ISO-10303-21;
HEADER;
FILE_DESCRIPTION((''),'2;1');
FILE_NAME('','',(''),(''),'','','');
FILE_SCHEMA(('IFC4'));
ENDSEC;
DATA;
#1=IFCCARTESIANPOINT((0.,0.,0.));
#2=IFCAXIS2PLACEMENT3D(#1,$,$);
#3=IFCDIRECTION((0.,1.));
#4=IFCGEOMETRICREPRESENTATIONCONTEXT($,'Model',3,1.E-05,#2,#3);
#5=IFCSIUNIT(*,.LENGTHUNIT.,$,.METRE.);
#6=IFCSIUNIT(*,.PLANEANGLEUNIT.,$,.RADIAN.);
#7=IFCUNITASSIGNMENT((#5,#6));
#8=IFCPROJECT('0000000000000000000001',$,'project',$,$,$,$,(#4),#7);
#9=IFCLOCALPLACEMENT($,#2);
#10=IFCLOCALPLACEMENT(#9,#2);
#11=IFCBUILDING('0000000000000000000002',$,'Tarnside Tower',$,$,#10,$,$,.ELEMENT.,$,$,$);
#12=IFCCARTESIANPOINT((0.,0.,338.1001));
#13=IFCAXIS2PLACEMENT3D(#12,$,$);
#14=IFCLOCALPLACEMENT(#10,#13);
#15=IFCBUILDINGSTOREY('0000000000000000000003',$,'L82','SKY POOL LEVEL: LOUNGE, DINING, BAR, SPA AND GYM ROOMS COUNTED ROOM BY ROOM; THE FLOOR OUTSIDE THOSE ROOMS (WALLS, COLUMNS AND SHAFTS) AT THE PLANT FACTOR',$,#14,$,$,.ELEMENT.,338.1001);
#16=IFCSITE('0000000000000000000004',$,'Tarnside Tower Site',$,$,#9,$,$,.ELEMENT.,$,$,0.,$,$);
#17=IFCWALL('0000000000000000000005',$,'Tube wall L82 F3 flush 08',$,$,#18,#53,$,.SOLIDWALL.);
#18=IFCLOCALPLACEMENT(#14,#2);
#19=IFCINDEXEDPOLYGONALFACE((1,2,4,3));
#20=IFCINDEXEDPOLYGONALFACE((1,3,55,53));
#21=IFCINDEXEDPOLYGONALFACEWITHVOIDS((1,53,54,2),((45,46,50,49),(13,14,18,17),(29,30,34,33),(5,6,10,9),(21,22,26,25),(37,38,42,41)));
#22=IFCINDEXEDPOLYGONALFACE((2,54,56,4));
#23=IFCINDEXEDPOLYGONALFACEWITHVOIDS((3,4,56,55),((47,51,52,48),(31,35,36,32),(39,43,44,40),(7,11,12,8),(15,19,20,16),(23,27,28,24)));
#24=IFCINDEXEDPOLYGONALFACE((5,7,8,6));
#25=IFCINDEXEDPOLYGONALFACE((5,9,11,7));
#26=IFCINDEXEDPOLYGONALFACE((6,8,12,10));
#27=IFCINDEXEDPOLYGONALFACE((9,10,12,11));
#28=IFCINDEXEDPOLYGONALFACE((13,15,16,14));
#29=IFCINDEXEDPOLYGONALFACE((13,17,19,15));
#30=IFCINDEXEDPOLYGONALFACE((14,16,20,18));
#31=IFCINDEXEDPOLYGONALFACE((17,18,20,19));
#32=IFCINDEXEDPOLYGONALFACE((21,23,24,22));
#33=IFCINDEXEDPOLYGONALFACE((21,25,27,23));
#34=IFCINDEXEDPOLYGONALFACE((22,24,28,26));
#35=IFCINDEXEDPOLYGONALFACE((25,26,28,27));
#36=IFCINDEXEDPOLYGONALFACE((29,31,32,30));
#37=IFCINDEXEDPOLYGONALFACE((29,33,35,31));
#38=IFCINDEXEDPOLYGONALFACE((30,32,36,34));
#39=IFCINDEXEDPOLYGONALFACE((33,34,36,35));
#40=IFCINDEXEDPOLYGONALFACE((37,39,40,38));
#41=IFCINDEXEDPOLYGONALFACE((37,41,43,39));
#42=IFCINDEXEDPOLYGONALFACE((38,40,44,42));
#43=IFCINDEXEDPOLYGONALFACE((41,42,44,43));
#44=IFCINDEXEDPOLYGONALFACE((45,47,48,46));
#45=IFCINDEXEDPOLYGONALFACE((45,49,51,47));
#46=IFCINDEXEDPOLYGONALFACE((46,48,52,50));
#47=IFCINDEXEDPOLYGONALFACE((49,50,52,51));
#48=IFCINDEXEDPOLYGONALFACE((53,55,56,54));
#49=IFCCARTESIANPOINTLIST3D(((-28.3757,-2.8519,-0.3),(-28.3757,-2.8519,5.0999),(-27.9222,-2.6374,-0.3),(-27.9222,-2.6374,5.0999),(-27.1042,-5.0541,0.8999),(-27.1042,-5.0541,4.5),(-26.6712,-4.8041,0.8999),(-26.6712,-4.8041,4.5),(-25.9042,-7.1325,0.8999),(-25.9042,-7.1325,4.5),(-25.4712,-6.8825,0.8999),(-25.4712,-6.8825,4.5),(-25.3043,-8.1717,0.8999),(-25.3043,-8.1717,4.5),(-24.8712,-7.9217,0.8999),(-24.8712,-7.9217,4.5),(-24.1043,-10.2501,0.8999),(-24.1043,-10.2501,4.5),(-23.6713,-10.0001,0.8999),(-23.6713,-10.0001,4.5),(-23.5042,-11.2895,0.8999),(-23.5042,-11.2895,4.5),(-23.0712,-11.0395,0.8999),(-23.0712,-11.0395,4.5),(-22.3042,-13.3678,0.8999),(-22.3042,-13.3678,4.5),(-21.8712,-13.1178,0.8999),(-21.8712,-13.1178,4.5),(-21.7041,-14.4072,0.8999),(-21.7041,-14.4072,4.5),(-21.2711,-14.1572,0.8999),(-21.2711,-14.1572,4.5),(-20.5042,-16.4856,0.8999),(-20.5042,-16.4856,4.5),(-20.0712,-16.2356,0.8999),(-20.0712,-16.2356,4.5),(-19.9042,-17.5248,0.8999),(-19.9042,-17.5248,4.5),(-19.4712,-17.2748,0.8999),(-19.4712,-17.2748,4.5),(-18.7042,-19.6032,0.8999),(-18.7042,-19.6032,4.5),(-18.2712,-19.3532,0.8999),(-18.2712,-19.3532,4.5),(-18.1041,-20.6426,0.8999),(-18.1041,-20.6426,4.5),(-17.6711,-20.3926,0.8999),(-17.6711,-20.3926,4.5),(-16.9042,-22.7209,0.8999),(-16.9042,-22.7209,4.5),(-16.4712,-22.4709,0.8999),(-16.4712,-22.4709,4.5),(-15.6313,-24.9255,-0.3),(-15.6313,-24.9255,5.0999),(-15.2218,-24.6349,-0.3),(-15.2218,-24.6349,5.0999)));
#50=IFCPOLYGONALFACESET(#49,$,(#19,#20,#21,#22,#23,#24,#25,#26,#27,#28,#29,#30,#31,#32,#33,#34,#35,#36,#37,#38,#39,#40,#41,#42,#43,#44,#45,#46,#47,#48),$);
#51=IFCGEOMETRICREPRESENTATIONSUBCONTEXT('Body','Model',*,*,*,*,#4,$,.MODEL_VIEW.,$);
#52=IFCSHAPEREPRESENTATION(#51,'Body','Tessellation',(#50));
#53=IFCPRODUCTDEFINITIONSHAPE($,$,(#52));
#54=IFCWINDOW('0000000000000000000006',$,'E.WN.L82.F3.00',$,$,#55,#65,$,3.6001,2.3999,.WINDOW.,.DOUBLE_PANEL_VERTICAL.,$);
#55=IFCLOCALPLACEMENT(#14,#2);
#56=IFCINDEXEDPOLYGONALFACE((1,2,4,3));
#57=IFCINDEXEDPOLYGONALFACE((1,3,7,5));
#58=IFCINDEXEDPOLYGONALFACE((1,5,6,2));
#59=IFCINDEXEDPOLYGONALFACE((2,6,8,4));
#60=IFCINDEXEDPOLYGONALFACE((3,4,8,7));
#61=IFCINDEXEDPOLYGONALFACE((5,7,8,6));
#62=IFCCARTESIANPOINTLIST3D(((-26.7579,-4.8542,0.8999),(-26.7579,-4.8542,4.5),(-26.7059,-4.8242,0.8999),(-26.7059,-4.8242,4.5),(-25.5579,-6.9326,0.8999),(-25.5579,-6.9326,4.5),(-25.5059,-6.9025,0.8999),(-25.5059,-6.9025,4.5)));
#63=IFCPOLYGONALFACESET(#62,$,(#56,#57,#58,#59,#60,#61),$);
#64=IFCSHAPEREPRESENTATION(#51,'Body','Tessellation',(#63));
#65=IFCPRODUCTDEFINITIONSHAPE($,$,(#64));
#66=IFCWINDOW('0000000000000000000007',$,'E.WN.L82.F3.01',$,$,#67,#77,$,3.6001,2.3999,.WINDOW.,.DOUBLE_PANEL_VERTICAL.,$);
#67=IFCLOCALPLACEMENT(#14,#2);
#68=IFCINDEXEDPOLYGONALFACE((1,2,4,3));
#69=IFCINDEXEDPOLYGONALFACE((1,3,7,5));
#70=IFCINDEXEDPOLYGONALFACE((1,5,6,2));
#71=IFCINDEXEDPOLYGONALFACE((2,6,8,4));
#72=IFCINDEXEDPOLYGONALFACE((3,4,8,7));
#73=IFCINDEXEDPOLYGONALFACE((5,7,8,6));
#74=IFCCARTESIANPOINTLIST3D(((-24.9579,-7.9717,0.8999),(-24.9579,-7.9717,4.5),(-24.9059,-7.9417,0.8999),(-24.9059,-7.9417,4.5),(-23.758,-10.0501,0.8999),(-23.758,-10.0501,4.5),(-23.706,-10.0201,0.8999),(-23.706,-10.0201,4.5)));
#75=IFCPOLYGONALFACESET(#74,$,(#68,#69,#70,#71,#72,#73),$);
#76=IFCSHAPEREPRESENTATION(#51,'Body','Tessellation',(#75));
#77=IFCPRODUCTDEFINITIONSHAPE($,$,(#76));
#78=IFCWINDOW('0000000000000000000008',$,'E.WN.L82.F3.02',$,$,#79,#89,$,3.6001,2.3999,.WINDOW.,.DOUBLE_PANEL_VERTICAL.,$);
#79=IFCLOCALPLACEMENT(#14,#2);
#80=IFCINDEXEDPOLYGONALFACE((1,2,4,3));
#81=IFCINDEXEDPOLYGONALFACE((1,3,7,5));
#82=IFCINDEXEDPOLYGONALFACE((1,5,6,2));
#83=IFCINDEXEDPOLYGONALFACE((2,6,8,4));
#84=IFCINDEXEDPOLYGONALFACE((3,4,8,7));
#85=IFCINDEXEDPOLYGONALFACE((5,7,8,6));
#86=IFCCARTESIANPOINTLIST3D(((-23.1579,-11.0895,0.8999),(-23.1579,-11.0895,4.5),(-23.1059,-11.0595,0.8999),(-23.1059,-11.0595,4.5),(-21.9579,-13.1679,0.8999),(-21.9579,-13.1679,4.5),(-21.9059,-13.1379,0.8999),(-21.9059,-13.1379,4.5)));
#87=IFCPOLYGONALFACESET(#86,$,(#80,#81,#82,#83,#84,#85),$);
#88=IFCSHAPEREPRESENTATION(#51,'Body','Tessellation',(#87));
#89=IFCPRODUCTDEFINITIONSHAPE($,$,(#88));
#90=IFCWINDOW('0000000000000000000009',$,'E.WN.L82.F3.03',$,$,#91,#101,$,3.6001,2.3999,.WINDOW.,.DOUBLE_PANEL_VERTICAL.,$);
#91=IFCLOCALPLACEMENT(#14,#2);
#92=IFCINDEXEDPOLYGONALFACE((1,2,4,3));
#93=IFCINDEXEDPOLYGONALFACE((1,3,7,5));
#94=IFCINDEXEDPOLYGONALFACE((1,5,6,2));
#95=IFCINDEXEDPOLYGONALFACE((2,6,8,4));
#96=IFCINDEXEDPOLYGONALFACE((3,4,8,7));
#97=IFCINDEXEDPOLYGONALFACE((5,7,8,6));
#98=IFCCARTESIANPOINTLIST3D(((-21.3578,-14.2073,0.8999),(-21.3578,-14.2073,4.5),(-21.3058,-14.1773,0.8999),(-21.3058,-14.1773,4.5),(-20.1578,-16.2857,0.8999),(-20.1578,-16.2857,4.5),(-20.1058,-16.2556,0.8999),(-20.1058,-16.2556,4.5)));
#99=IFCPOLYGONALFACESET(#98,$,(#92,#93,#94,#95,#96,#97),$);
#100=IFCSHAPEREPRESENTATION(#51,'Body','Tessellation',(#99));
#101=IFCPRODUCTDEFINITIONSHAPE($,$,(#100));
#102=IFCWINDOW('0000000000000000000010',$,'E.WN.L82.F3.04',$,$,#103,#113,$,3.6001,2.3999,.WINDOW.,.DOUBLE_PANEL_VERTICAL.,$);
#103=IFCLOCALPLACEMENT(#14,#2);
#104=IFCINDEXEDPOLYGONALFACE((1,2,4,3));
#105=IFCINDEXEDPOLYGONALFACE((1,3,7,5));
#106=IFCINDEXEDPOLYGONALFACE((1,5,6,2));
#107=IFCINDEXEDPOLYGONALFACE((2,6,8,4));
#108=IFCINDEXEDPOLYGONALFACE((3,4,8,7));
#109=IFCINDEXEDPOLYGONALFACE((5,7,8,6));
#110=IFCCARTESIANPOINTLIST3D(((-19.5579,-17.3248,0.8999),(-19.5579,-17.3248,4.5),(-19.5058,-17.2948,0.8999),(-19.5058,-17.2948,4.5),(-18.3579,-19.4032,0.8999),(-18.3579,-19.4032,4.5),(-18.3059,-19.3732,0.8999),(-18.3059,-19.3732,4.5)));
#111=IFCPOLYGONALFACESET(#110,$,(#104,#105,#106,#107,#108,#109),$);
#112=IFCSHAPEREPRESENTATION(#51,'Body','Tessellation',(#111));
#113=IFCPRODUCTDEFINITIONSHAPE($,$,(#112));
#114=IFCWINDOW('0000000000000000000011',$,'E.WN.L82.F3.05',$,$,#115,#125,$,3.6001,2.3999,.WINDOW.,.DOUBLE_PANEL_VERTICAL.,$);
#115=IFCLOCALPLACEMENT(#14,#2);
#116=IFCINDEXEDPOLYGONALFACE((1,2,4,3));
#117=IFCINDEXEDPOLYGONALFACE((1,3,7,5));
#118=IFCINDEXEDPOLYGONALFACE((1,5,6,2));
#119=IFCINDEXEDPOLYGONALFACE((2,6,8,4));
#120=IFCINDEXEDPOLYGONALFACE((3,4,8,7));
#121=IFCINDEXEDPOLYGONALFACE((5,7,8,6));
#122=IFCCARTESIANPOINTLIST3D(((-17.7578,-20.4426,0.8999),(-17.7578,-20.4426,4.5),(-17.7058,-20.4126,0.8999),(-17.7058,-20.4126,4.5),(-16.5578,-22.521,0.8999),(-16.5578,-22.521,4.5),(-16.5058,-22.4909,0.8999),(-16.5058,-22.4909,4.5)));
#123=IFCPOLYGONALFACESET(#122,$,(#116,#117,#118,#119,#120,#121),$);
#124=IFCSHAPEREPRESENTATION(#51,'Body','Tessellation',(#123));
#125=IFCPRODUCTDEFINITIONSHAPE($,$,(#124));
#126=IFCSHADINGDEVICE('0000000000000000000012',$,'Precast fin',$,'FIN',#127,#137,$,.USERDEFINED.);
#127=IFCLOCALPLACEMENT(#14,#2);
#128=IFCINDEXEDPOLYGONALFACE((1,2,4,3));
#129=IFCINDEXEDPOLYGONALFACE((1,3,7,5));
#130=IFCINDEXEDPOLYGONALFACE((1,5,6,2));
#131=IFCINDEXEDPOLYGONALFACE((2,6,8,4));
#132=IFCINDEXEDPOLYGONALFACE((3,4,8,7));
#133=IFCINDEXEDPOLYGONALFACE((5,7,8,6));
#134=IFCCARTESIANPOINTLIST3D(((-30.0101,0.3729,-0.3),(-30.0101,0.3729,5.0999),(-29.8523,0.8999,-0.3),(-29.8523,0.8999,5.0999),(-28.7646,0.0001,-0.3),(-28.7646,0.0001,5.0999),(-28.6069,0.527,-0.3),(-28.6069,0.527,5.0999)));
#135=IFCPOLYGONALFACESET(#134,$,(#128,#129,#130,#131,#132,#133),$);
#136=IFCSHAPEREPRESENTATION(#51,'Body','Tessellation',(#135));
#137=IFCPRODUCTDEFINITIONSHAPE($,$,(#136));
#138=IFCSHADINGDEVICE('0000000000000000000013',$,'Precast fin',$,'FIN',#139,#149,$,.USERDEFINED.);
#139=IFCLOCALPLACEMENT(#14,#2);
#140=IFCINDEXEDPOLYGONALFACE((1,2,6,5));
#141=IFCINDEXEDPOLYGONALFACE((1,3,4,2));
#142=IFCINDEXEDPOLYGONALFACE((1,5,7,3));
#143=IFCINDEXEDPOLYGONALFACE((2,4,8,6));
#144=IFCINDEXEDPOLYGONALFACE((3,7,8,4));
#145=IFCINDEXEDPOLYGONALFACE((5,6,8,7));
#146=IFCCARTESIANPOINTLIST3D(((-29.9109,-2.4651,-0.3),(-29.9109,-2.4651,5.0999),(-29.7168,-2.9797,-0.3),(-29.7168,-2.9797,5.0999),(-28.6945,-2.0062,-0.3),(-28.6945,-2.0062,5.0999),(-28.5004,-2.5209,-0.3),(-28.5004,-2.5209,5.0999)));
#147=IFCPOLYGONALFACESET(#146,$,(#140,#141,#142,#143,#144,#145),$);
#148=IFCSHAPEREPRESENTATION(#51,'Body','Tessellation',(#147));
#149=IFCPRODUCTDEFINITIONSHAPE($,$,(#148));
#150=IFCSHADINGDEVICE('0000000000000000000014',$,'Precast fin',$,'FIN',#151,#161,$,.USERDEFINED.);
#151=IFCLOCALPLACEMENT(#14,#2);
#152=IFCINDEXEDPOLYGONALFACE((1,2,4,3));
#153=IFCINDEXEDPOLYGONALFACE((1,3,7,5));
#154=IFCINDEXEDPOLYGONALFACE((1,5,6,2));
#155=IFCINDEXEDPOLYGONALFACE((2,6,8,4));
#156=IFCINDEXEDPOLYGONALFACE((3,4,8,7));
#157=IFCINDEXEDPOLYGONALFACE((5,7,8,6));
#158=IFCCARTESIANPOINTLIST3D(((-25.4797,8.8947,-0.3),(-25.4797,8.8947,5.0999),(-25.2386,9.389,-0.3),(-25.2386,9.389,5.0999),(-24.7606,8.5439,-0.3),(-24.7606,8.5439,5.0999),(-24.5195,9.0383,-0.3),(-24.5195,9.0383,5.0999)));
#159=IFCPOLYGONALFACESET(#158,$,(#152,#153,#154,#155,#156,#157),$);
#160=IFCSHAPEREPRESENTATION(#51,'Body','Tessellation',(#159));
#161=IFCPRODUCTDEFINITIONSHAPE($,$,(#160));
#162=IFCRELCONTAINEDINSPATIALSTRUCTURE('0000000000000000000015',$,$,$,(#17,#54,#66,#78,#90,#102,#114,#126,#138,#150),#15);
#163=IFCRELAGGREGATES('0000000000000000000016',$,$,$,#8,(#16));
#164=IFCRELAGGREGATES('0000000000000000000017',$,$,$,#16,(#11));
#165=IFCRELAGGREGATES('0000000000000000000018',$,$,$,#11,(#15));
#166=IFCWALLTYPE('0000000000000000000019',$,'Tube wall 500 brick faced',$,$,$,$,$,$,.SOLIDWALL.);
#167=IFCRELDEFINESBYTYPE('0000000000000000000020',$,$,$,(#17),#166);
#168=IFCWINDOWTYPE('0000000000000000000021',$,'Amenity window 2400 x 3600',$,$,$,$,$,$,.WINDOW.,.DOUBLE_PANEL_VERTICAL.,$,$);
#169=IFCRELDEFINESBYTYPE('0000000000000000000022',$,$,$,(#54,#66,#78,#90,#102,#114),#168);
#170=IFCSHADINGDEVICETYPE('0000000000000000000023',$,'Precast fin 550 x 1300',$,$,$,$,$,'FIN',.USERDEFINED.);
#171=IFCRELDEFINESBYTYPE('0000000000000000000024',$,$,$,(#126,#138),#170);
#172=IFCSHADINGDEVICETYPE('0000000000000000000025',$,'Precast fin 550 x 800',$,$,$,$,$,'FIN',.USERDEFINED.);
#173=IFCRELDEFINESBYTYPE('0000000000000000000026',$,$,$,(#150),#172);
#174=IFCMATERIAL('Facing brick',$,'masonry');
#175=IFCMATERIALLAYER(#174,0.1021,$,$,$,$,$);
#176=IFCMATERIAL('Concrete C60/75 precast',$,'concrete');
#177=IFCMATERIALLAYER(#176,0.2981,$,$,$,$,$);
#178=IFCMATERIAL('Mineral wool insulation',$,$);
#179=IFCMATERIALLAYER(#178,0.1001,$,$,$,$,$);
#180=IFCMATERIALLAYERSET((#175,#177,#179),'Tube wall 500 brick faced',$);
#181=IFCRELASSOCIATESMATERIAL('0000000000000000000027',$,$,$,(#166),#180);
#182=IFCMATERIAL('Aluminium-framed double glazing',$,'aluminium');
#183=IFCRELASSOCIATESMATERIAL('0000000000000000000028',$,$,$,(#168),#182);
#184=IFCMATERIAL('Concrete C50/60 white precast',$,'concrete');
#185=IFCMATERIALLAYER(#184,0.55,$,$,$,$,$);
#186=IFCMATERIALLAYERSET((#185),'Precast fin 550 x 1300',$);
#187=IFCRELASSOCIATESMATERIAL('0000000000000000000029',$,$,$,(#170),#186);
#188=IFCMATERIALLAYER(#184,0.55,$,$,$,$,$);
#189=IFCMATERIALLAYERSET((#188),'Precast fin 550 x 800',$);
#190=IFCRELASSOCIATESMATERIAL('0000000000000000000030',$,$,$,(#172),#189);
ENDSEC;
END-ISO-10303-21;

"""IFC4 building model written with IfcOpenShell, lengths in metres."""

from ifc_helpers import new_model, si_unit, direction, frame, frame_2d, origin, place, context, subcontext, project, spatial, polyline, rectangle, outline, extrude, material, layer, layer_set, type_object, element, fill, save


model = new_model("IFC4")

# Units and contexts
model_context = context("Model", 3, precision=1e-05, world=origin(), true_north=direction((0.0, 1.0)))
body_context = subcontext(model_context, "Body", "Model", "MODEL_VIEW")
ifc_project = project(units=[si_unit("LENGTHUNIT", "METRE"), si_unit("PLANEANGLEUNIT", "RADIAN")], contexts=[model_context])

# Site, building, storey
site_placement = place(None, origin())
site = spatial("IfcSite", under=ifc_project, at=site_placement, Name="Tarnside Tower Site", CompositionType="ELEMENT", RefElevation=0.0)
building_placement = place(site_placement, origin())
building = spatial("IfcBuilding", under=site, at=building_placement, Name="Tarnside Tower", CompositionType="ELEMENT")
storey_placement = place(building_placement, frame((0.0, 0.0, 338.1001)))
storey = spatial("IfcBuildingStorey", under=building, at=storey_placement, Name="L82", Description="SKY POOL LEVEL: LOUNGE, DINING, BAR, SPA AND GYM ROOMS COUNTED ROOM BY ROOM; THE FLOOR OUTSIDE THOSE ROOMS (WALLS, COLUMNS AND SHAFTS) AT THE PLANT FACTOR", CompositionType="ELEMENT", Elevation=338.1001)

# Shared definitions
ifc_material_1 = material(Name="Facing brick", Category="masonry")
ifc_layer_1 = layer(ifc_material_1, 0.1021)
ifc_material_2 = material(Name="Concrete C60/75 precast", Category="concrete")
ifc_layer_2 = layer(ifc_material_2, 0.2981)
ifc_material_3 = material(Name="Mineral wool insulation")
ifc_layer_3 = layer(ifc_material_3, 0.1001)
ifc_layer_set_1 = layer_set([ifc_layer_1, ifc_layer_2, ifc_layer_3], Name="Tube wall 500 brick faced")
wall_type_1 = type_object("IfcWallType", Name="Tube wall 500 brick faced", PredefinedType="SOLIDWALL", material=ifc_layer_set_1)

# Wall, openings, windows
wall_1_placement = place(storey_placement, frame((-28.1489, -2.7446, -0.3), z_axis=(0.0, 0.0, 1.0), x_axis=(0.500004, -0.866023, 0.0)))
wall_1 = element("IfcWall", 1, at=wall_1_placement, inside=storey, type_object=wall_type_1, Name="Tube wall L82 F3 flush 08", PredefinedType="SOLIDWALL", context=body_context, shape_type="SweptSolid", body=[
    extrude(outline(polyline([(-0.0205, -0.25), (25.468, -0.25), (25.4211, 0.25), (0.0205, 0.25), (-0.0205, -0.25)])), origin(), (0.0, 0.0, 1.0), 5.3999),
])
opening_1_placement = place(wall_1_placement, frame((2.5225, 0.0, 1.2)))
opening_1 = element("IfcOpeningElement", 2, at=opening_1_placement, cuts=wall_1, PredefinedType="OPENING", context=body_context, shape_type="SweptSolid", body=[
    extrude(rectangle(XDim=2.3999, YDim=3.6001, at=frame_2d((1.2, 1.8))), frame((0.0, 0.26, 0.0), z_axis=(0.0, -1.0, 0.0), x_axis=(1.0, 0.0, 0.0)), (0.0, 0.0, 1.0), 0.52),
])
opening_2_placement = place(wall_1_placement, frame((6.1223, 0.0, 1.2)))
opening_2 = element("IfcOpeningElement", 3, at=opening_2_placement, cuts=wall_1, PredefinedType="OPENING", context=body_context, shape_type="SweptSolid", body=[
    extrude(rectangle(XDim=2.3999, YDim=3.6001, at=frame_2d((1.2, 1.8))), frame((0.0, 0.26, 0.0), z_axis=(0.0, -1.0, 0.0), x_axis=(1.0, 0.0, 0.0)), (0.0, 0.0, 1.0), 0.52),
])
opening_3_placement = place(wall_1_placement, frame((9.7224, 0.0, 1.2)))
opening_3 = element("IfcOpeningElement", 4, at=opening_3_placement, cuts=wall_1, PredefinedType="OPENING", context=body_context, shape_type="SweptSolid", body=[
    extrude(rectangle(XDim=2.3999, YDim=3.6001, at=frame_2d((1.2, 1.8))), frame((0.0, 0.26, 0.0), z_axis=(0.0, -1.0, 0.0), x_axis=(1.0, 0.0, 0.0)), (0.0, 0.0, 1.0), 0.52),
])
opening_4_placement = place(wall_1_placement, frame((13.3225, 0.0, 1.2)))
opening_4 = element("IfcOpeningElement", 5, at=opening_4_placement, cuts=wall_1, PredefinedType="OPENING", context=body_context, shape_type="SweptSolid", body=[
    extrude(rectangle(XDim=2.3999, YDim=3.6001, at=frame_2d((1.2, 1.8))), frame((0.0, 0.26, 0.0), z_axis=(0.0, -1.0, 0.0), x_axis=(1.0, 0.0, 0.0)), (0.0, 0.0, 1.0), 0.52),
])
opening_5_placement = place(wall_1_placement, frame((16.9224, 0.0, 1.2)))
opening_5 = element("IfcOpeningElement", 6, at=opening_5_placement, cuts=wall_1, PredefinedType="OPENING", context=body_context, shape_type="SweptSolid", body=[
    extrude(rectangle(XDim=2.3999, YDim=3.6001, at=frame_2d((1.2, 1.8))), frame((0.0, 0.26, 0.0), z_axis=(0.0, -1.0, 0.0), x_axis=(1.0, 0.0, 0.0)), (0.0, 0.0, 1.0), 0.52),
])
opening_6_placement = place(wall_1_placement, frame((20.5225, 0.0, 1.2)))
opening_6 = element("IfcOpeningElement", 7, at=opening_6_placement, cuts=wall_1, PredefinedType="OPENING", context=body_context, shape_type="SweptSolid", body=[
    extrude(rectangle(XDim=2.3999, YDim=3.6001, at=frame_2d((1.2, 1.8))), frame((0.0, 0.26, 0.0), z_axis=(0.0, -1.0, 0.0), x_axis=(1.0, 0.0, 0.0)), (0.0, 0.0, 1.0), 0.52),
])
ifc_material_4 = material(Name="Aluminium-framed double glazing", Category="aluminium")
window_type = type_object("IfcWindowType", Name="Amenity window 2400 x 3600", PartitioningType="DOUBLE_PANEL_VERTICAL", PredefinedType="WINDOW", material=ifc_material_4)
window_1_placement = place(opening_1_placement, frame((0.0, 0.1799, 0.0)))
window_1 = element("IfcWindow", 8, at=window_1_placement, inside=storey, type_object=window_type, Name="E.WN.L82.F3.00", OverallHeight=3.6001, OverallWidth=2.3999, PartitioningType="DOUBLE_PANEL_VERTICAL", PredefinedType="WINDOW", context=body_context, shape_type="SweptSolid", body=[
    extrude(rectangle(XDim=2.3999, YDim=3.6001, at=frame_2d((1.2, 1.8))), frame((0.0, 0.03, 0.0), z_axis=(0.0, -1.0, 0.0), x_axis=(1.0, 0.0, 0.0)), (0.0, 0.0, 1.0), 0.0601),
])
fill(opening_1, window_1)
window_2_placement = place(opening_2_placement, frame((0.0, 0.1799, 0.0)))
window_2 = element("IfcWindow", 9, at=window_2_placement, inside=storey, type_object=window_type, Name="E.WN.L82.F3.01", OverallHeight=3.6001, OverallWidth=2.3999, PartitioningType="DOUBLE_PANEL_VERTICAL", PredefinedType="WINDOW", context=body_context, shape_type="SweptSolid", body=[
    extrude(rectangle(XDim=2.3999, YDim=3.6001, at=frame_2d((1.2, 1.8))), frame((0.0, 0.03, 0.0), z_axis=(0.0, -1.0, 0.0), x_axis=(1.0, 0.0, 0.0)), (0.0, 0.0, 1.0), 0.0601),
])
fill(opening_2, window_2)
window_3_placement = place(opening_3_placement, frame((0.0, 0.1799, 0.0)))
window_3 = element("IfcWindow", 10, at=window_3_placement, inside=storey, type_object=window_type, Name="E.WN.L82.F3.02", OverallHeight=3.6001, OverallWidth=2.3999, PartitioningType="DOUBLE_PANEL_VERTICAL", PredefinedType="WINDOW", context=body_context, shape_type="SweptSolid", body=[
    extrude(rectangle(XDim=2.3999, YDim=3.6001, at=frame_2d((1.2, 1.8))), frame((0.0, 0.03, 0.0), z_axis=(0.0, -1.0, 0.0), x_axis=(1.0, 0.0, 0.0)), (0.0, 0.0, 1.0), 0.0601),
])
fill(opening_3, window_3)
window_4_placement = place(opening_4_placement, frame((0.0, 0.1799, 0.0)))
window_4 = element("IfcWindow", 11, at=window_4_placement, inside=storey, type_object=window_type, Name="E.WN.L82.F3.03", OverallHeight=3.6001, OverallWidth=2.3999, PartitioningType="DOUBLE_PANEL_VERTICAL", PredefinedType="WINDOW", context=body_context, shape_type="SweptSolid", body=[
    extrude(rectangle(XDim=2.3999, YDim=3.6001, at=frame_2d((1.2, 1.8))), frame((0.0, 0.03, 0.0), z_axis=(0.0, -1.0, 0.0), x_axis=(1.0, 0.0, 0.0)), (0.0, 0.0, 1.0), 0.0601),
])
fill(opening_4, window_4)
window_5_placement = place(opening_5_placement, frame((0.0, 0.1799, 0.0)))
window_5 = element("IfcWindow", 12, at=window_5_placement, inside=storey, type_object=window_type, Name="E.WN.L82.F3.04", OverallHeight=3.6001, OverallWidth=2.3999, PartitioningType="DOUBLE_PANEL_VERTICAL", PredefinedType="WINDOW", context=body_context, shape_type="SweptSolid", body=[
    extrude(rectangle(XDim=2.3999, YDim=3.6001, at=frame_2d((1.2, 1.8))), frame((0.0, 0.03, 0.0), z_axis=(0.0, -1.0, 0.0), x_axis=(1.0, 0.0, 0.0)), (0.0, 0.0, 1.0), 0.0601),
])
fill(opening_5, window_5)
window_6_placement = place(opening_6_placement, frame((0.0, 0.1799, 0.0)))
window_6 = element("IfcWindow", 13, at=window_6_placement, inside=storey, type_object=window_type, Name="E.WN.L82.F3.05", OverallHeight=3.6001, OverallWidth=2.3999, PartitioningType="DOUBLE_PANEL_VERTICAL", PredefinedType="WINDOW", context=body_context, shape_type="SweptSolid", body=[
    extrude(rectangle(XDim=2.3999, YDim=3.6001, at=frame_2d((1.2, 1.8))), frame((0.0, 0.03, 0.0), z_axis=(0.0, -1.0, 0.0), x_axis=(1.0, 0.0, 0.0)), (0.0, 0.0, 1.0), 0.0601),
])
fill(opening_6, window_6)

# Shading devices
ifc_material_5 = material(Name="Concrete C50/60 white precast", Category="concrete")
ifc_layer_4 = layer(ifc_material_5, 0.55)
ifc_layer_set_2 = layer_set([ifc_layer_4], Name="Precast fin 550 x 1300")
shading_device_type_1 = type_object("IfcShadingDeviceType", Name="Precast fin 550 x 1300", ElementType="FIN", PredefinedType="USERDEFINED", material=ifc_layer_set_2)
for number, where, z_axis, x_axis, name in (
    (14, (-28.6858, 0.2634, -0.3), (0.286803, 0.95799, 0.0), (-0.95799, 0.286803, 0.0), "Precast fin"),
    (15, (-28.5974, -2.2637, -0.3), (-0.352931, 0.93565, 0.0), (-0.93565, -0.352931, 0.0), "Precast fin"),
):
    element("IfcShadingDevice", number, at=place(storey_placement, frame(where, z_axis=z_axis, x_axis=x_axis)), inside=storey, type_object=shading_device_type_1, Name=name, ObjectType="FIN", PredefinedType="USERDEFINED", context=body_context, shape_type="SweptSolid", body=[
        extrude(outline(polyline([(0.0, 0.0), (1.3, 0.0), (1.3, 5.3999), (0.0, 5.3999), (0.0, 0.0)])), frame((0.0, 0.0, -0.2749)), (0.0, 0.0, 1.0), 0.55),
    ])
ifc_layer_5 = layer(ifc_material_5, 0.55)
ifc_layer_set_3 = layer_set([ifc_layer_5], Name="Precast fin 550 x 800")
shading_device_type_2 = type_object("IfcShadingDeviceType", Name="Precast fin 550 x 800", ElementType="FIN", PredefinedType="USERDEFINED", material=ifc_layer_set_3)
for number, where, z_axis, x_axis, name in (
    (16, (-24.6401, 8.791, -0.3), (0.438371, 0.898794, 0.0), (-0.898794, 0.438371, 0.0), "Precast fin"),
):
    element("IfcShadingDevice", number, at=place(storey_placement, frame(where, z_axis=z_axis, x_axis=x_axis)), inside=storey, type_object=shading_device_type_2, Name=name, ObjectType="FIN", PredefinedType="USERDEFINED", context=body_context, shape_type="SweptSolid", body=[
        extrude(outline(polyline([(0.0, 0.0), (0.8, 0.0), (0.8, 5.3999), (0.0, 5.3999), (0.0, 0.0)])), frame((0.0, 0.0, -0.2749)), (0.0, 0.0, 1.0), 0.55),
    ])

save(model, "model.ifc")
